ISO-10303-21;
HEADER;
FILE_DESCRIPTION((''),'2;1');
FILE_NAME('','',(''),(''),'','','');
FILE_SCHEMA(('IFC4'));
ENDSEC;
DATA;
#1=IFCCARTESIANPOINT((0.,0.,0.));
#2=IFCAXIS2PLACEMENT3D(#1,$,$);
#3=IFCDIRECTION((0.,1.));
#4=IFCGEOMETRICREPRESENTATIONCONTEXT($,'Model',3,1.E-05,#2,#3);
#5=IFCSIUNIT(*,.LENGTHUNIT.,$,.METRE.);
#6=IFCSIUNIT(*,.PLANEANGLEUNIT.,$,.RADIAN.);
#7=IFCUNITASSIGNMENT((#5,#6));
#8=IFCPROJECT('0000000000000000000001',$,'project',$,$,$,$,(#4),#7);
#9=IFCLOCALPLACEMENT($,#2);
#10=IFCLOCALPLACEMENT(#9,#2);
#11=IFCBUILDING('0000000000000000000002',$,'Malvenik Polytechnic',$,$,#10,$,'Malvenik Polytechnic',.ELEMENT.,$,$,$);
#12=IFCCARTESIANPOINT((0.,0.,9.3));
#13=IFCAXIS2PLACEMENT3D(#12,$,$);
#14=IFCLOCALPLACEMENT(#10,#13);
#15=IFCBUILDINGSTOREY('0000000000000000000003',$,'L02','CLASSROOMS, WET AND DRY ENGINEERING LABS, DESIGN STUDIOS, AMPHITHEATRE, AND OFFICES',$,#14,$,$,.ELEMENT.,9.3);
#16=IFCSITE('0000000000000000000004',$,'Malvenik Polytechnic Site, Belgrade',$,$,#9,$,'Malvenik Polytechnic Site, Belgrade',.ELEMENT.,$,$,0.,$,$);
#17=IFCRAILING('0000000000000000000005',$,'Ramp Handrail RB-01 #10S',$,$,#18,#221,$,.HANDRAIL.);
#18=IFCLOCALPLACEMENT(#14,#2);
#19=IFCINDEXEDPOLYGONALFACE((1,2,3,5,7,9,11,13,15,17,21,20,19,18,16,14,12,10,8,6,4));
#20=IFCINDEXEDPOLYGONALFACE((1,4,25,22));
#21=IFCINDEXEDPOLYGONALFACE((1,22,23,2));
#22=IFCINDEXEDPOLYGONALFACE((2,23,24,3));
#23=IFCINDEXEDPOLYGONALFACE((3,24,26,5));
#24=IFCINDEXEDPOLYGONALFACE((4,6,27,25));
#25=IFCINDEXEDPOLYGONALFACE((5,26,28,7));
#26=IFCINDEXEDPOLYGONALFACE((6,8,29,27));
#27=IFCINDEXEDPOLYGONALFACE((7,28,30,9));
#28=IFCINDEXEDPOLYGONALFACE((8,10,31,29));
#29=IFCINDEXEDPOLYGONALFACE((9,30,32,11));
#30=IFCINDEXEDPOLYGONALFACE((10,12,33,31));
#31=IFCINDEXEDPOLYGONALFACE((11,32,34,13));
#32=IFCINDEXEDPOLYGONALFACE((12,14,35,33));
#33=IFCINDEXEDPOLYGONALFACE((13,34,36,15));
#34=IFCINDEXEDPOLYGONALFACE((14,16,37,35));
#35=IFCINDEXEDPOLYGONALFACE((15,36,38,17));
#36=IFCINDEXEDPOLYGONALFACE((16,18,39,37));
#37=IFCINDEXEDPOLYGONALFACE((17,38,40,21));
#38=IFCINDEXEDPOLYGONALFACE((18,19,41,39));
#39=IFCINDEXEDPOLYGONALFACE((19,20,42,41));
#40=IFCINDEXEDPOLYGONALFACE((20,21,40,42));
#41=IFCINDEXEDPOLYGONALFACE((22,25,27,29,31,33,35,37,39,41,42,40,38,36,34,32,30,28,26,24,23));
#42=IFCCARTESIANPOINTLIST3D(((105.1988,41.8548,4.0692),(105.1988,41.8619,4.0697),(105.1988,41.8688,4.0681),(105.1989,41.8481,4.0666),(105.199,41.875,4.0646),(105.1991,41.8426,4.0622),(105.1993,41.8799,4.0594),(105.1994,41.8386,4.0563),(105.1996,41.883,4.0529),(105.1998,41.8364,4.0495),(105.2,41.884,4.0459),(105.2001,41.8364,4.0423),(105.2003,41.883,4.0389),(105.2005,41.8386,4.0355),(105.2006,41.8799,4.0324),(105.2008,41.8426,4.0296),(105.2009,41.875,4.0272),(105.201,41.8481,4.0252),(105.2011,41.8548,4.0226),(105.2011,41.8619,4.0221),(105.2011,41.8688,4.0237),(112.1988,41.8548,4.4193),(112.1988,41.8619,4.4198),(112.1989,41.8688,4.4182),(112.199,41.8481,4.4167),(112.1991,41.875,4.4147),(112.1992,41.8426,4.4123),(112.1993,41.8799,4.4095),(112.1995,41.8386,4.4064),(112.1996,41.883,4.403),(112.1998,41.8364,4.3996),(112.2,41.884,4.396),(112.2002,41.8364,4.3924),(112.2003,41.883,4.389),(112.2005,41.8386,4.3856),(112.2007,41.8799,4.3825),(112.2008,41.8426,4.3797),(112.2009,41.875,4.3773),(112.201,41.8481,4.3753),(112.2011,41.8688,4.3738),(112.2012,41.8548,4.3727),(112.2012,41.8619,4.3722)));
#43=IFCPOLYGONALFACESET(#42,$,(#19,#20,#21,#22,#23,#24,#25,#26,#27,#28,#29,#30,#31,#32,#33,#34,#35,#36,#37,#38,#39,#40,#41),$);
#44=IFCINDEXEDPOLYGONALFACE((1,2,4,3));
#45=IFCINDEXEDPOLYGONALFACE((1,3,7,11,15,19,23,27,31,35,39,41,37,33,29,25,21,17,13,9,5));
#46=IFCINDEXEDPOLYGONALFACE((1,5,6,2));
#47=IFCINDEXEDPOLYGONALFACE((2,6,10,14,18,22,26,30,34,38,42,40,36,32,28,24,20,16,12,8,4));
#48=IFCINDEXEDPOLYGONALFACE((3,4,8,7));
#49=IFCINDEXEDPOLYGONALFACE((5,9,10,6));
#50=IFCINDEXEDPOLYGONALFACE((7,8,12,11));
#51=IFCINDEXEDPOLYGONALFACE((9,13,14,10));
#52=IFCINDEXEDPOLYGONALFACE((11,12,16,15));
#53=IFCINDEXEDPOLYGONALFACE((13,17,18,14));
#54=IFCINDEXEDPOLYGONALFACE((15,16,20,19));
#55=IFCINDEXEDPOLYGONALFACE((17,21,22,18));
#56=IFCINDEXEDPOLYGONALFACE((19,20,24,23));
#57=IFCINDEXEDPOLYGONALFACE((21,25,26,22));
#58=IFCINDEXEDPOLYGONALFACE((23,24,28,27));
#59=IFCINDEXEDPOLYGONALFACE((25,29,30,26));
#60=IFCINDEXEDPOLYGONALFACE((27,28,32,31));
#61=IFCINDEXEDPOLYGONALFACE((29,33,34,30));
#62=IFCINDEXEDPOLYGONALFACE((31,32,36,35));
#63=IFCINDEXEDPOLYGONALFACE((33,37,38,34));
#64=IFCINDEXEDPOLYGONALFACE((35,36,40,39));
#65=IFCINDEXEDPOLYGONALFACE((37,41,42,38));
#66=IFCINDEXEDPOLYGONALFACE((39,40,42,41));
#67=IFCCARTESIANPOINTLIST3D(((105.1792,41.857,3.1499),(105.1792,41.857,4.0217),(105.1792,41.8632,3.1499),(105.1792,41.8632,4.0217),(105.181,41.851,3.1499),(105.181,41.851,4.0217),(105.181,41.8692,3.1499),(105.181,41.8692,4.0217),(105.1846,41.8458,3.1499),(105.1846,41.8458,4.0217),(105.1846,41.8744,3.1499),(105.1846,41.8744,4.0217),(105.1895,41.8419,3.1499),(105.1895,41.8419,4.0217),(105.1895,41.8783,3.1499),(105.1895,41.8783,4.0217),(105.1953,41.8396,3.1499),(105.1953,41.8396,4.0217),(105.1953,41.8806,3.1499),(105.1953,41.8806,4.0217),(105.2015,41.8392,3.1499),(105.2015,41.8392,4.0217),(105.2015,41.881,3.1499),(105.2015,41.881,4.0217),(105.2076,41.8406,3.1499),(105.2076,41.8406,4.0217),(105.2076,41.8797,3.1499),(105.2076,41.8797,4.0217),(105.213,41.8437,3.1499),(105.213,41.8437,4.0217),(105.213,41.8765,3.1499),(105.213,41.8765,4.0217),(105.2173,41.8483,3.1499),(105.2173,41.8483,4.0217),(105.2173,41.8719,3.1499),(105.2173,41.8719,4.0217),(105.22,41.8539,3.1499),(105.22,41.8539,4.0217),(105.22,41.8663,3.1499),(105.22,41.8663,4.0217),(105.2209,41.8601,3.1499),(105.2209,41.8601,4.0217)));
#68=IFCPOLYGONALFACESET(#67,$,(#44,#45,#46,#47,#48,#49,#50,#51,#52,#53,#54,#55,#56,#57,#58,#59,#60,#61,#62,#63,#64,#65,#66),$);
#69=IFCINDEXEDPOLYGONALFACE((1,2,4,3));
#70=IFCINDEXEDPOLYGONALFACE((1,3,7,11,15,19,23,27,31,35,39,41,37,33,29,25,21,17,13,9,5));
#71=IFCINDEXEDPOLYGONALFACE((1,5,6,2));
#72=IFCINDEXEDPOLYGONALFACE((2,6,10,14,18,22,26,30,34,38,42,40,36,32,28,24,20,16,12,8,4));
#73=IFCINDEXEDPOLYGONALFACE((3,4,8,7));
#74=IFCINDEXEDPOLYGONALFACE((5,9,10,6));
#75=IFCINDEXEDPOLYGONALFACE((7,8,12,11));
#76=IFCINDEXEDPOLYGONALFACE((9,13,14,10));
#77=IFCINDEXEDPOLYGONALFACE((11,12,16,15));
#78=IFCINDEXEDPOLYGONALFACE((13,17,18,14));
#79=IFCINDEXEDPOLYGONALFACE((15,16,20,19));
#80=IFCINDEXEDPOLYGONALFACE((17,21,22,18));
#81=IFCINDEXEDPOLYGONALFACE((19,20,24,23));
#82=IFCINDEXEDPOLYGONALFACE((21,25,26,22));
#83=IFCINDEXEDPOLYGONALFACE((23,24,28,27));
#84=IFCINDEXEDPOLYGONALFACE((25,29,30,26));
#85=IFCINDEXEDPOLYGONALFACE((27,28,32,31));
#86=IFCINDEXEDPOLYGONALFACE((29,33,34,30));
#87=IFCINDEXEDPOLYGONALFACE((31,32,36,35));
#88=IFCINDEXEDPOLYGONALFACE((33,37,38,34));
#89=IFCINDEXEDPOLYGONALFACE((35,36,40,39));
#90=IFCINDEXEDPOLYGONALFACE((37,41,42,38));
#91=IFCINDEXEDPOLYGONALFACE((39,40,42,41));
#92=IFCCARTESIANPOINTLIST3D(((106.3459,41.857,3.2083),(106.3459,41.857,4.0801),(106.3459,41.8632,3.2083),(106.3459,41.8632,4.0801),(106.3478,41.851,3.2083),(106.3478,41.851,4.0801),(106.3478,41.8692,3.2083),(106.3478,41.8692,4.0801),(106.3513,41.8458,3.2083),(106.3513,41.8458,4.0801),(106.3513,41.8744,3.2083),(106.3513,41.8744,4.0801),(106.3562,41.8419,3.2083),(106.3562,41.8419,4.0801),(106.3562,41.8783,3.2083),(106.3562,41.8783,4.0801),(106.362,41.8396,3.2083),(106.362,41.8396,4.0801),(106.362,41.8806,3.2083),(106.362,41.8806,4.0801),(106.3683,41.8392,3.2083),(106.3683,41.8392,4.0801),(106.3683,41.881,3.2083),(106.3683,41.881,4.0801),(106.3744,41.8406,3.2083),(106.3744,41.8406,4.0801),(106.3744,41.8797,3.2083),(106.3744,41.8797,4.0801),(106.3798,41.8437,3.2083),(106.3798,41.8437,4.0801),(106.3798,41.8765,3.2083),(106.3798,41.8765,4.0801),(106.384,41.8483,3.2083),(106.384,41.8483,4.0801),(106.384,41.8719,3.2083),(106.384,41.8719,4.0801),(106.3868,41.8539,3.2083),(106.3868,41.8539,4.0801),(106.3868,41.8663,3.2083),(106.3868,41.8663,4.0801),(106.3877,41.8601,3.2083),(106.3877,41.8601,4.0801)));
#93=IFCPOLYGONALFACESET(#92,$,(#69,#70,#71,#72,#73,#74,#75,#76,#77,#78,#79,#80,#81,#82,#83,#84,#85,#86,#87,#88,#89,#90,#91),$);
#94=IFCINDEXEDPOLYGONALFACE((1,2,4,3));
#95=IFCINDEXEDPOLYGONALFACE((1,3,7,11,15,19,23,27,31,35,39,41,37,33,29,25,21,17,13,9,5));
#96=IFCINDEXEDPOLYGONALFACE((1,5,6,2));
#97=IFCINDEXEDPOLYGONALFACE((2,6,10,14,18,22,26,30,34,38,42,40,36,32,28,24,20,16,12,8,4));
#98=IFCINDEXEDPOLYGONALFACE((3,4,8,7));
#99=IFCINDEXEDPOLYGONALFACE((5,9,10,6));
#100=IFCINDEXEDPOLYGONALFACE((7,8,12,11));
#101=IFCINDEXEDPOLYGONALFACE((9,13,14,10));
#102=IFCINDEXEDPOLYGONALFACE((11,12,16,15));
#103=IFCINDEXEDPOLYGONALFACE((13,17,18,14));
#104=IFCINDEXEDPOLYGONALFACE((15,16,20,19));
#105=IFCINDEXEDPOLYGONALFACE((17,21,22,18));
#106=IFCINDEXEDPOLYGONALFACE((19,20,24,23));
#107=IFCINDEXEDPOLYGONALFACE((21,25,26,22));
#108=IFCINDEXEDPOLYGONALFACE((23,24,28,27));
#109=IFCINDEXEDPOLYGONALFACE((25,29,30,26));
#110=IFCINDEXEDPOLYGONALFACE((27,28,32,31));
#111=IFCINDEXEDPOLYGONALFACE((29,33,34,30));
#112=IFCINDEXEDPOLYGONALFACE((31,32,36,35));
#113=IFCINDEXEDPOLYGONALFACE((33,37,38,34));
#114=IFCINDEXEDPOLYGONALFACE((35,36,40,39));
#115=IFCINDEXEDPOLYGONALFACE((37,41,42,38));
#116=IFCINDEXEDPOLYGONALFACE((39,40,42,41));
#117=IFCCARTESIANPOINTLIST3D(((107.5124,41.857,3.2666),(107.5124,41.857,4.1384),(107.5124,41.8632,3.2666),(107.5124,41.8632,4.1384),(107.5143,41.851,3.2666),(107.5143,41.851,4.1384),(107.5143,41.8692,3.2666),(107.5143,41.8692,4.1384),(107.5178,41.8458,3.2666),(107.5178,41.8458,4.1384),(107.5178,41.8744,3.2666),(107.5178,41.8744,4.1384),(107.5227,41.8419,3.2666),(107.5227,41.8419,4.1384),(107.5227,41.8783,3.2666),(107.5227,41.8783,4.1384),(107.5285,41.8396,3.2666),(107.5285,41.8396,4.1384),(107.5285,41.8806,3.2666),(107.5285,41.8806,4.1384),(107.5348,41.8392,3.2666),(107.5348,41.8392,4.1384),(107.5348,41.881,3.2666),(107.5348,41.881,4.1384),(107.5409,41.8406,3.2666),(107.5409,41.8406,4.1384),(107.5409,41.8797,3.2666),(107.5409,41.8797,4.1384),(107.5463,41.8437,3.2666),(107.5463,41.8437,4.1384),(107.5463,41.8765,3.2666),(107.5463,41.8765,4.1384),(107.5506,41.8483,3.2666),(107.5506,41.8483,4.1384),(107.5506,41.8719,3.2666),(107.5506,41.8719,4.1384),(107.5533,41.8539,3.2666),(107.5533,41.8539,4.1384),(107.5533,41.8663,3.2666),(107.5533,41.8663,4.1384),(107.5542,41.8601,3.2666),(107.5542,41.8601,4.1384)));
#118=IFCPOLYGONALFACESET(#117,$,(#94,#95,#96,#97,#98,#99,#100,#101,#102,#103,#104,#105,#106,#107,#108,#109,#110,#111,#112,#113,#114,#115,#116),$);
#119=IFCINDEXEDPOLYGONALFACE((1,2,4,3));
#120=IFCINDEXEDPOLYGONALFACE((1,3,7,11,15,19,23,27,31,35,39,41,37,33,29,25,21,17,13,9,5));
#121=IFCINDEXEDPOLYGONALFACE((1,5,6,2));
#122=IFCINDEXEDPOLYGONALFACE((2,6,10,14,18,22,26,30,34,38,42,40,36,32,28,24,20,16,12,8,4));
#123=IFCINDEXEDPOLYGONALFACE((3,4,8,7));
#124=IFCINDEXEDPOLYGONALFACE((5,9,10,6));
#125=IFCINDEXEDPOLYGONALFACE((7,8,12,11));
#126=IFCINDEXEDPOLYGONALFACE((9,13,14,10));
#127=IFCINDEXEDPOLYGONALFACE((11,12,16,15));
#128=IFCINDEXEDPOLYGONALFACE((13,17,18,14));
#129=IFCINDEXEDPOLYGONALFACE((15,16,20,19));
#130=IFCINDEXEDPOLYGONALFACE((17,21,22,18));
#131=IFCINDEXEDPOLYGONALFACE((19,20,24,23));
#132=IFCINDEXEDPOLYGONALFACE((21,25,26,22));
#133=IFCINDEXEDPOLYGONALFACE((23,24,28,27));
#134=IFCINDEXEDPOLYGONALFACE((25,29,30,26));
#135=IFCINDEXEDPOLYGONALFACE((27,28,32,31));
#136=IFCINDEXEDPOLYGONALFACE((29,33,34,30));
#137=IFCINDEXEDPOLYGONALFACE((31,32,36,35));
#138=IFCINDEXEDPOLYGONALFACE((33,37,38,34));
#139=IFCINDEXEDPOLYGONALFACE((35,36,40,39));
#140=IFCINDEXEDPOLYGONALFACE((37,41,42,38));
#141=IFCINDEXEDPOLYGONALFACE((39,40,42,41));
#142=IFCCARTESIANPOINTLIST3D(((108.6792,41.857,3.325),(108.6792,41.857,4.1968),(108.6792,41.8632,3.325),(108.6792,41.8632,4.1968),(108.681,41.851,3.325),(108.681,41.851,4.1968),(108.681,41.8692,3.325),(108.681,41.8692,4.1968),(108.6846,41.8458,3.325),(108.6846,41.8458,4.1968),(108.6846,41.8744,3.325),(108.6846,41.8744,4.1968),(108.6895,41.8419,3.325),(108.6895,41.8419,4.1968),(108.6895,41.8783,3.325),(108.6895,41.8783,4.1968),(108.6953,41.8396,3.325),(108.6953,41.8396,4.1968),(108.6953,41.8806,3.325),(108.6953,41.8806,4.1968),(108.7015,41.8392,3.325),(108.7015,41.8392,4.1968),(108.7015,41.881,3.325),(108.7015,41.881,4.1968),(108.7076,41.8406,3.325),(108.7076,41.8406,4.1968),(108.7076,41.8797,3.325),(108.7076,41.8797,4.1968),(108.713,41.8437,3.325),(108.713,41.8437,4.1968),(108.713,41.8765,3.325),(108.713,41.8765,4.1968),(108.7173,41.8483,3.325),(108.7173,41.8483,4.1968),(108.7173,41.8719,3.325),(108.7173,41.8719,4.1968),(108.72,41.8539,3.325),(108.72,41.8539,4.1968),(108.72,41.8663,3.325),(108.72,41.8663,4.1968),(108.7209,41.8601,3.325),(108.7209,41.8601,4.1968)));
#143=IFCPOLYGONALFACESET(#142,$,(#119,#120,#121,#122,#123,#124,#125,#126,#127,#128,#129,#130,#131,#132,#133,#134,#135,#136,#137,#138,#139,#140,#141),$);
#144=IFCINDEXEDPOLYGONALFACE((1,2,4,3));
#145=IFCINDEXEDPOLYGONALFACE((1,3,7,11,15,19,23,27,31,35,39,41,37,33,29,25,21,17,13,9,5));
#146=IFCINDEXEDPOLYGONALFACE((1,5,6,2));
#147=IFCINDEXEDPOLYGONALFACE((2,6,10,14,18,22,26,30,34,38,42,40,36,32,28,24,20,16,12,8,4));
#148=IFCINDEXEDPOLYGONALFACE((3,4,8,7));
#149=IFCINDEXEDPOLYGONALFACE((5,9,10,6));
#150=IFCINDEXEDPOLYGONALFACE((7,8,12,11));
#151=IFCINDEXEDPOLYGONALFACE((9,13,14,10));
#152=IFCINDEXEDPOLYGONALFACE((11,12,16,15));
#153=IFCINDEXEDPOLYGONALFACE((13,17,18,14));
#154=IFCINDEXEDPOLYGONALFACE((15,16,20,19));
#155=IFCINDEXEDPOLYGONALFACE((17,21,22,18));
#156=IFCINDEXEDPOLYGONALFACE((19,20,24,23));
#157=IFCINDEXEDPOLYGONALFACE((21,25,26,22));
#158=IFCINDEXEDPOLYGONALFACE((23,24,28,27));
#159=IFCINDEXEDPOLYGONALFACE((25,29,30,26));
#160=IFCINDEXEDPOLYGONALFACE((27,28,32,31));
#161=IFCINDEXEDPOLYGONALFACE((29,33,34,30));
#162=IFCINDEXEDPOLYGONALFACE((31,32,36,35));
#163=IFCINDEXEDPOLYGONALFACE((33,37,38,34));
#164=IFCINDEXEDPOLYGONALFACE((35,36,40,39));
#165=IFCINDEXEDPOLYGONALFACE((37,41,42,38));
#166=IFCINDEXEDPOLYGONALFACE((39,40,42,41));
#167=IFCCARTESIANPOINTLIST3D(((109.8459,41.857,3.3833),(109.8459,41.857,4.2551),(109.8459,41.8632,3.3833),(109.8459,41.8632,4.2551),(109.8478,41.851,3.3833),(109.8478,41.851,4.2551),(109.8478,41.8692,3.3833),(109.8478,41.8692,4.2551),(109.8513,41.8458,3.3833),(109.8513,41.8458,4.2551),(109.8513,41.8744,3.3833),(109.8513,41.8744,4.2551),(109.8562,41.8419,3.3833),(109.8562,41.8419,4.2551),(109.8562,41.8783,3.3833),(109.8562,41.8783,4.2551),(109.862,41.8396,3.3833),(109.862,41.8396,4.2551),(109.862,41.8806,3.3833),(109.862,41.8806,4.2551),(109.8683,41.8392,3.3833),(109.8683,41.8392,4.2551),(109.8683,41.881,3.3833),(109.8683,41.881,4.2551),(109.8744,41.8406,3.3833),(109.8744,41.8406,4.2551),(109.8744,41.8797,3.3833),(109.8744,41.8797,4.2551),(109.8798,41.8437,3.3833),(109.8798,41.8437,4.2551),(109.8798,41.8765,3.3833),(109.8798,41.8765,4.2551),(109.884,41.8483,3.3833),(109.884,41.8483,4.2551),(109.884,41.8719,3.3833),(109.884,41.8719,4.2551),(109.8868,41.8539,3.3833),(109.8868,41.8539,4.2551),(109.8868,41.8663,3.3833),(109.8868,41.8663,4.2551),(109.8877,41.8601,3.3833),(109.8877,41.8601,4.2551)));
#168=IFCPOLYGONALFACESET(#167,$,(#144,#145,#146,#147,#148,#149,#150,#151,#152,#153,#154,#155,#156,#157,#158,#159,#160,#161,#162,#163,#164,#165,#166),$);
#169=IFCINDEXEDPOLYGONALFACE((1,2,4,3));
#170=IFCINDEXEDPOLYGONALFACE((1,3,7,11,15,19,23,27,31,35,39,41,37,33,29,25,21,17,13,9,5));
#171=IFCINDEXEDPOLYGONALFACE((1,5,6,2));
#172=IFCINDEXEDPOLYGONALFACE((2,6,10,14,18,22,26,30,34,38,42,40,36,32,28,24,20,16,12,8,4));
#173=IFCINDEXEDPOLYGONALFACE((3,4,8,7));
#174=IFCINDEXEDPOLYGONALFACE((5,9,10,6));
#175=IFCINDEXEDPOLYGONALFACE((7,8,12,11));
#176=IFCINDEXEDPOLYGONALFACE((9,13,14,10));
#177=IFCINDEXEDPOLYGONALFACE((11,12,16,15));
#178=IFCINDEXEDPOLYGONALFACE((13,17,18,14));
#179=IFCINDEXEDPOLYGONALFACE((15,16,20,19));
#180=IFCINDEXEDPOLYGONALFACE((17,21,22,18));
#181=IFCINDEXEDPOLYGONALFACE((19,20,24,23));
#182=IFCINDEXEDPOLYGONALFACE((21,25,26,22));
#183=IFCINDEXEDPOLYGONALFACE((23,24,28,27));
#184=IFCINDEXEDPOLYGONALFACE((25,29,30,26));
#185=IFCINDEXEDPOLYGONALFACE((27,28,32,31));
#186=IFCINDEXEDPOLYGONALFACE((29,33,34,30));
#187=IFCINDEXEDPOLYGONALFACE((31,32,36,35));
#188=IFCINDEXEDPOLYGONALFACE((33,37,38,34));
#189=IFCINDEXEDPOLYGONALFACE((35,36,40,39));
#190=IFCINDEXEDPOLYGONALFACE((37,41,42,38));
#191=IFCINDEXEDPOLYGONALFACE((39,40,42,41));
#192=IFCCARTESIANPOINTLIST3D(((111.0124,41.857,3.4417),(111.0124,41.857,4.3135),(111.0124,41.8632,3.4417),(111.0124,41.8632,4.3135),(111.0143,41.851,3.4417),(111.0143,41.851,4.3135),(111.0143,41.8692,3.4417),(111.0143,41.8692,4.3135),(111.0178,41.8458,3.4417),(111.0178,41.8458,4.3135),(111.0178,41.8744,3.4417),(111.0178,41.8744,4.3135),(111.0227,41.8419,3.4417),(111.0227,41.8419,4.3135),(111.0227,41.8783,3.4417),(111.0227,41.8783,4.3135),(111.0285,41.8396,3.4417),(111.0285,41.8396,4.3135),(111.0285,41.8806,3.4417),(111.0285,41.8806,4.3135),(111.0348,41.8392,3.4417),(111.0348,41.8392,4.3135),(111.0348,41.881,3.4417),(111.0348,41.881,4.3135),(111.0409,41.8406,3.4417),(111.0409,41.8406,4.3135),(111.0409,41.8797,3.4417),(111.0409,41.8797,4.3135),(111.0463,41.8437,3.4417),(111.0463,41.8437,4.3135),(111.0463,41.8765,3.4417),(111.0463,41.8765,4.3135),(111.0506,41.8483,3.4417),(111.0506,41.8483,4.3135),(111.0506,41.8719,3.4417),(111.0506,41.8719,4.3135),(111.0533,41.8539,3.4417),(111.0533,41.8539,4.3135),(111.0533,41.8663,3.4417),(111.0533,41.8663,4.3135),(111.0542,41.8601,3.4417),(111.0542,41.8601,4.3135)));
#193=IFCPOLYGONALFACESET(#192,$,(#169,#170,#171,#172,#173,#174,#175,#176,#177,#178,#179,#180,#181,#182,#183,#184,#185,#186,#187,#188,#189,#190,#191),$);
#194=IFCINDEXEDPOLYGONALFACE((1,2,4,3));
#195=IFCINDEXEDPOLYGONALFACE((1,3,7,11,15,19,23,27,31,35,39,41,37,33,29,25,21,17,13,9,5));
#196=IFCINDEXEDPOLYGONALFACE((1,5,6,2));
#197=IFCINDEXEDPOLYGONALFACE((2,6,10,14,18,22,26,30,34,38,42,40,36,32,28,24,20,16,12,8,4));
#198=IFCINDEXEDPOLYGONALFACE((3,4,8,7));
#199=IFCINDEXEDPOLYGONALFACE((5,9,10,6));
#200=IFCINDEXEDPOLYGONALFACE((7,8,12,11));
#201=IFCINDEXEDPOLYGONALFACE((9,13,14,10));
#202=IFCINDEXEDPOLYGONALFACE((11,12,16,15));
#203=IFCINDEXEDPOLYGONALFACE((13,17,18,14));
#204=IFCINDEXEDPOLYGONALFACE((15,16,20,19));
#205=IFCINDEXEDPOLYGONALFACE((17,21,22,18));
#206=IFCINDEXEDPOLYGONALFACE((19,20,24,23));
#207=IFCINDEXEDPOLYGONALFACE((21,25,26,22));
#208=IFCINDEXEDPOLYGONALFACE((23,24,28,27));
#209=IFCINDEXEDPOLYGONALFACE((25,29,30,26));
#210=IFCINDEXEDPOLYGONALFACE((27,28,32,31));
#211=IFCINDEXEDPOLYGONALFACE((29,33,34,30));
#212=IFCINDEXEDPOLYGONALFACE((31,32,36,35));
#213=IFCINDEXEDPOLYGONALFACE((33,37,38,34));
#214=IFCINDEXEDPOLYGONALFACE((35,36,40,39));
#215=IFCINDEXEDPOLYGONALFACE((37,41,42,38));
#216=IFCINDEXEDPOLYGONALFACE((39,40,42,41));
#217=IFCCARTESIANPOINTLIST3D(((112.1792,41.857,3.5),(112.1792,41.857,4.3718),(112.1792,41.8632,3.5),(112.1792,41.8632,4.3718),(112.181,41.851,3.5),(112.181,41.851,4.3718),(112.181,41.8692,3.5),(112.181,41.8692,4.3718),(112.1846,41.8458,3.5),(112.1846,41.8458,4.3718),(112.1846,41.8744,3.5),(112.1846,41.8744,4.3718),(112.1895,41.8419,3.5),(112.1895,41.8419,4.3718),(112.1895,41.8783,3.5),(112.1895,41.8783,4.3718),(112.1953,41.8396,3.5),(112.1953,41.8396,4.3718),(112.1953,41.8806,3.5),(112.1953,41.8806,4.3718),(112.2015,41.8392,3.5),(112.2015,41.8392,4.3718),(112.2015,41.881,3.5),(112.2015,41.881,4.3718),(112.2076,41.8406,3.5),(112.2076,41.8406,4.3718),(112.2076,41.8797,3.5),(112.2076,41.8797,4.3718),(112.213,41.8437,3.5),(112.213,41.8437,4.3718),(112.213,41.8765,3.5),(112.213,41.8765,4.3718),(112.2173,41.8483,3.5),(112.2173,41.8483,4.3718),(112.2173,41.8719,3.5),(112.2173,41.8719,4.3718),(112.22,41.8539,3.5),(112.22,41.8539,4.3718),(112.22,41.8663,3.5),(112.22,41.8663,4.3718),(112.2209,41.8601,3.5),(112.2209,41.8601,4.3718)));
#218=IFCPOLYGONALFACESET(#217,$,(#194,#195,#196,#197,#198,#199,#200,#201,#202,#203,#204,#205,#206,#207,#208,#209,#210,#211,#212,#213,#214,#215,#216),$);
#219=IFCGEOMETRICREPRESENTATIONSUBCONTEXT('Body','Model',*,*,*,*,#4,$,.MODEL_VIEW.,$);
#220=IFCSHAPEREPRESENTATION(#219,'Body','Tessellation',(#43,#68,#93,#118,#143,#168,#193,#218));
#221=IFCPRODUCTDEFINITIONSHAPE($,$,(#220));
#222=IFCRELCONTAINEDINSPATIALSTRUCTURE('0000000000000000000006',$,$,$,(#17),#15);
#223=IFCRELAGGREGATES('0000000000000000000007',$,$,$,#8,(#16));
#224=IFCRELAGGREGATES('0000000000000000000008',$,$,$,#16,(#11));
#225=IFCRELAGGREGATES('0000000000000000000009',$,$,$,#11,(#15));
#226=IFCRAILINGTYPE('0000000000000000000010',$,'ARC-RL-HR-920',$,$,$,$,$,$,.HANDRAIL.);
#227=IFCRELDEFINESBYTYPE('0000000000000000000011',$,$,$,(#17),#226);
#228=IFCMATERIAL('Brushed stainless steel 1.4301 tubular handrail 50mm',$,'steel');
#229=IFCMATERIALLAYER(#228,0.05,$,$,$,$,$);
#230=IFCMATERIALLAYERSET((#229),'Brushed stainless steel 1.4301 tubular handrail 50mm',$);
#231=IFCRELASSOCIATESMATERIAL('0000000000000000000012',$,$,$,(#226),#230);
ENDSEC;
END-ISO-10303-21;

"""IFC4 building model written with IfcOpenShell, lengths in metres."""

from ifc_helpers import new_model, si_unit, direction, frame, origin, origin_2d, place, context, subcontext, project, spatial, circle, extrude, material, layer, layer_set, type_object, element, save


model = new_model("IFC4")

# Units and contexts
model_context = context("Model", 3, precision=1e-05, world=origin(), true_north=direction((0.0, 1.0)))
body_context = subcontext(model_context, "Body", "Model", "MODEL_VIEW")
ifc_project = project(units=[si_unit("LENGTHUNIT", "METRE"), si_unit("PLANEANGLEUNIT", "RADIAN")], contexts=[model_context])

# Site, building, storey
site_placement = place(None, origin())
site = spatial("IfcSite", under=ifc_project, at=site_placement, Name="Malvenik Polytechnic Site, Belgrade", LongName="Malvenik Polytechnic Site, Belgrade", CompositionType="ELEMENT", RefElevation=0.0)
building_placement = place(site_placement, origin())
building = spatial("IfcBuilding", under=site, at=building_placement, Name="Malvenik Polytechnic", LongName="Malvenik Polytechnic", CompositionType="ELEMENT")
storey_placement = place(building_placement, frame((0.0, 0.0, 9.3)))
storey = spatial("IfcBuildingStorey", under=building, at=storey_placement, Name="L02", Description="CLASSROOMS, WET AND DRY ENGINEERING LABS, DESIGN STUDIOS, AMPHITHEATRE, AND OFFICES", CompositionType="ELEMENT", Elevation=9.3)

# Railing
ifc_material_1 = material(Name="Brushed stainless steel 1.4301 tubular handrail 50mm", Category="steel")
ifc_layer_1 = layer(ifc_material_1, 0.05)
ifc_layer_set_1 = layer_set([ifc_layer_1], Name="Brushed stainless steel 1.4301 tubular handrail 50mm")
railing_type_1 = type_object("IfcRailingType", Name="ARC-RL-HR-920", PredefinedType="HANDRAIL", material=ifc_layer_set_1)
railing_1_placement = place(storey_placement, frame((105.2, 41.8601, 3.1499)))
element("IfcRailing", 1, at=railing_1_placement, inside=storey, type_object=railing_type_1, Name="Ramp Handrail RB-01 #10S", PredefinedType="HANDRAIL", context=body_context, shape_type="SweptSolid", body=[
    extrude(circle(Radius=0.0239, at=origin_2d()), frame((0.0, 0.0, 0.896), z_axis=(0.998752, 0.0, 0.049952), x_axis=(0.0, 1.0, 0.0)), (0.0, 0.0, 1.0), 7.0088),
    extrude(circle(Radius=0.021, at=origin_2d()), origin(), (0.0, 0.0, 1.0), 0.8718),
    extrude(circle(Radius=0.021, at=origin_2d()), frame((1.1667, 0.0, 0.0583)), (0.0, 0.0, 1.0), 0.8718),
    extrude(circle(Radius=0.021, at=origin_2d()), frame((2.3333, 0.0, 0.1167)), (0.0, 0.0, 1.0), 0.8718),
    extrude(circle(Radius=0.021, at=origin_2d()), frame((3.5, 0.0, 0.175)), (0.0, 0.0, 1.0), 0.8718),
    extrude(circle(Radius=0.021, at=origin_2d()), frame((4.6667, 0.0, 0.2334)), (0.0, 0.0, 1.0), 0.8718),
    extrude(circle(Radius=0.021, at=origin_2d()), frame((5.8333, 0.0, 0.2917)), (0.0, 0.0, 1.0), 0.8718),
    extrude(circle(Radius=0.021, at=origin_2d()), frame((7.0, 0.0, 0.3501)), (0.0, 0.0, 1.0), 0.8718),
])

save(model, "model.ifc")
